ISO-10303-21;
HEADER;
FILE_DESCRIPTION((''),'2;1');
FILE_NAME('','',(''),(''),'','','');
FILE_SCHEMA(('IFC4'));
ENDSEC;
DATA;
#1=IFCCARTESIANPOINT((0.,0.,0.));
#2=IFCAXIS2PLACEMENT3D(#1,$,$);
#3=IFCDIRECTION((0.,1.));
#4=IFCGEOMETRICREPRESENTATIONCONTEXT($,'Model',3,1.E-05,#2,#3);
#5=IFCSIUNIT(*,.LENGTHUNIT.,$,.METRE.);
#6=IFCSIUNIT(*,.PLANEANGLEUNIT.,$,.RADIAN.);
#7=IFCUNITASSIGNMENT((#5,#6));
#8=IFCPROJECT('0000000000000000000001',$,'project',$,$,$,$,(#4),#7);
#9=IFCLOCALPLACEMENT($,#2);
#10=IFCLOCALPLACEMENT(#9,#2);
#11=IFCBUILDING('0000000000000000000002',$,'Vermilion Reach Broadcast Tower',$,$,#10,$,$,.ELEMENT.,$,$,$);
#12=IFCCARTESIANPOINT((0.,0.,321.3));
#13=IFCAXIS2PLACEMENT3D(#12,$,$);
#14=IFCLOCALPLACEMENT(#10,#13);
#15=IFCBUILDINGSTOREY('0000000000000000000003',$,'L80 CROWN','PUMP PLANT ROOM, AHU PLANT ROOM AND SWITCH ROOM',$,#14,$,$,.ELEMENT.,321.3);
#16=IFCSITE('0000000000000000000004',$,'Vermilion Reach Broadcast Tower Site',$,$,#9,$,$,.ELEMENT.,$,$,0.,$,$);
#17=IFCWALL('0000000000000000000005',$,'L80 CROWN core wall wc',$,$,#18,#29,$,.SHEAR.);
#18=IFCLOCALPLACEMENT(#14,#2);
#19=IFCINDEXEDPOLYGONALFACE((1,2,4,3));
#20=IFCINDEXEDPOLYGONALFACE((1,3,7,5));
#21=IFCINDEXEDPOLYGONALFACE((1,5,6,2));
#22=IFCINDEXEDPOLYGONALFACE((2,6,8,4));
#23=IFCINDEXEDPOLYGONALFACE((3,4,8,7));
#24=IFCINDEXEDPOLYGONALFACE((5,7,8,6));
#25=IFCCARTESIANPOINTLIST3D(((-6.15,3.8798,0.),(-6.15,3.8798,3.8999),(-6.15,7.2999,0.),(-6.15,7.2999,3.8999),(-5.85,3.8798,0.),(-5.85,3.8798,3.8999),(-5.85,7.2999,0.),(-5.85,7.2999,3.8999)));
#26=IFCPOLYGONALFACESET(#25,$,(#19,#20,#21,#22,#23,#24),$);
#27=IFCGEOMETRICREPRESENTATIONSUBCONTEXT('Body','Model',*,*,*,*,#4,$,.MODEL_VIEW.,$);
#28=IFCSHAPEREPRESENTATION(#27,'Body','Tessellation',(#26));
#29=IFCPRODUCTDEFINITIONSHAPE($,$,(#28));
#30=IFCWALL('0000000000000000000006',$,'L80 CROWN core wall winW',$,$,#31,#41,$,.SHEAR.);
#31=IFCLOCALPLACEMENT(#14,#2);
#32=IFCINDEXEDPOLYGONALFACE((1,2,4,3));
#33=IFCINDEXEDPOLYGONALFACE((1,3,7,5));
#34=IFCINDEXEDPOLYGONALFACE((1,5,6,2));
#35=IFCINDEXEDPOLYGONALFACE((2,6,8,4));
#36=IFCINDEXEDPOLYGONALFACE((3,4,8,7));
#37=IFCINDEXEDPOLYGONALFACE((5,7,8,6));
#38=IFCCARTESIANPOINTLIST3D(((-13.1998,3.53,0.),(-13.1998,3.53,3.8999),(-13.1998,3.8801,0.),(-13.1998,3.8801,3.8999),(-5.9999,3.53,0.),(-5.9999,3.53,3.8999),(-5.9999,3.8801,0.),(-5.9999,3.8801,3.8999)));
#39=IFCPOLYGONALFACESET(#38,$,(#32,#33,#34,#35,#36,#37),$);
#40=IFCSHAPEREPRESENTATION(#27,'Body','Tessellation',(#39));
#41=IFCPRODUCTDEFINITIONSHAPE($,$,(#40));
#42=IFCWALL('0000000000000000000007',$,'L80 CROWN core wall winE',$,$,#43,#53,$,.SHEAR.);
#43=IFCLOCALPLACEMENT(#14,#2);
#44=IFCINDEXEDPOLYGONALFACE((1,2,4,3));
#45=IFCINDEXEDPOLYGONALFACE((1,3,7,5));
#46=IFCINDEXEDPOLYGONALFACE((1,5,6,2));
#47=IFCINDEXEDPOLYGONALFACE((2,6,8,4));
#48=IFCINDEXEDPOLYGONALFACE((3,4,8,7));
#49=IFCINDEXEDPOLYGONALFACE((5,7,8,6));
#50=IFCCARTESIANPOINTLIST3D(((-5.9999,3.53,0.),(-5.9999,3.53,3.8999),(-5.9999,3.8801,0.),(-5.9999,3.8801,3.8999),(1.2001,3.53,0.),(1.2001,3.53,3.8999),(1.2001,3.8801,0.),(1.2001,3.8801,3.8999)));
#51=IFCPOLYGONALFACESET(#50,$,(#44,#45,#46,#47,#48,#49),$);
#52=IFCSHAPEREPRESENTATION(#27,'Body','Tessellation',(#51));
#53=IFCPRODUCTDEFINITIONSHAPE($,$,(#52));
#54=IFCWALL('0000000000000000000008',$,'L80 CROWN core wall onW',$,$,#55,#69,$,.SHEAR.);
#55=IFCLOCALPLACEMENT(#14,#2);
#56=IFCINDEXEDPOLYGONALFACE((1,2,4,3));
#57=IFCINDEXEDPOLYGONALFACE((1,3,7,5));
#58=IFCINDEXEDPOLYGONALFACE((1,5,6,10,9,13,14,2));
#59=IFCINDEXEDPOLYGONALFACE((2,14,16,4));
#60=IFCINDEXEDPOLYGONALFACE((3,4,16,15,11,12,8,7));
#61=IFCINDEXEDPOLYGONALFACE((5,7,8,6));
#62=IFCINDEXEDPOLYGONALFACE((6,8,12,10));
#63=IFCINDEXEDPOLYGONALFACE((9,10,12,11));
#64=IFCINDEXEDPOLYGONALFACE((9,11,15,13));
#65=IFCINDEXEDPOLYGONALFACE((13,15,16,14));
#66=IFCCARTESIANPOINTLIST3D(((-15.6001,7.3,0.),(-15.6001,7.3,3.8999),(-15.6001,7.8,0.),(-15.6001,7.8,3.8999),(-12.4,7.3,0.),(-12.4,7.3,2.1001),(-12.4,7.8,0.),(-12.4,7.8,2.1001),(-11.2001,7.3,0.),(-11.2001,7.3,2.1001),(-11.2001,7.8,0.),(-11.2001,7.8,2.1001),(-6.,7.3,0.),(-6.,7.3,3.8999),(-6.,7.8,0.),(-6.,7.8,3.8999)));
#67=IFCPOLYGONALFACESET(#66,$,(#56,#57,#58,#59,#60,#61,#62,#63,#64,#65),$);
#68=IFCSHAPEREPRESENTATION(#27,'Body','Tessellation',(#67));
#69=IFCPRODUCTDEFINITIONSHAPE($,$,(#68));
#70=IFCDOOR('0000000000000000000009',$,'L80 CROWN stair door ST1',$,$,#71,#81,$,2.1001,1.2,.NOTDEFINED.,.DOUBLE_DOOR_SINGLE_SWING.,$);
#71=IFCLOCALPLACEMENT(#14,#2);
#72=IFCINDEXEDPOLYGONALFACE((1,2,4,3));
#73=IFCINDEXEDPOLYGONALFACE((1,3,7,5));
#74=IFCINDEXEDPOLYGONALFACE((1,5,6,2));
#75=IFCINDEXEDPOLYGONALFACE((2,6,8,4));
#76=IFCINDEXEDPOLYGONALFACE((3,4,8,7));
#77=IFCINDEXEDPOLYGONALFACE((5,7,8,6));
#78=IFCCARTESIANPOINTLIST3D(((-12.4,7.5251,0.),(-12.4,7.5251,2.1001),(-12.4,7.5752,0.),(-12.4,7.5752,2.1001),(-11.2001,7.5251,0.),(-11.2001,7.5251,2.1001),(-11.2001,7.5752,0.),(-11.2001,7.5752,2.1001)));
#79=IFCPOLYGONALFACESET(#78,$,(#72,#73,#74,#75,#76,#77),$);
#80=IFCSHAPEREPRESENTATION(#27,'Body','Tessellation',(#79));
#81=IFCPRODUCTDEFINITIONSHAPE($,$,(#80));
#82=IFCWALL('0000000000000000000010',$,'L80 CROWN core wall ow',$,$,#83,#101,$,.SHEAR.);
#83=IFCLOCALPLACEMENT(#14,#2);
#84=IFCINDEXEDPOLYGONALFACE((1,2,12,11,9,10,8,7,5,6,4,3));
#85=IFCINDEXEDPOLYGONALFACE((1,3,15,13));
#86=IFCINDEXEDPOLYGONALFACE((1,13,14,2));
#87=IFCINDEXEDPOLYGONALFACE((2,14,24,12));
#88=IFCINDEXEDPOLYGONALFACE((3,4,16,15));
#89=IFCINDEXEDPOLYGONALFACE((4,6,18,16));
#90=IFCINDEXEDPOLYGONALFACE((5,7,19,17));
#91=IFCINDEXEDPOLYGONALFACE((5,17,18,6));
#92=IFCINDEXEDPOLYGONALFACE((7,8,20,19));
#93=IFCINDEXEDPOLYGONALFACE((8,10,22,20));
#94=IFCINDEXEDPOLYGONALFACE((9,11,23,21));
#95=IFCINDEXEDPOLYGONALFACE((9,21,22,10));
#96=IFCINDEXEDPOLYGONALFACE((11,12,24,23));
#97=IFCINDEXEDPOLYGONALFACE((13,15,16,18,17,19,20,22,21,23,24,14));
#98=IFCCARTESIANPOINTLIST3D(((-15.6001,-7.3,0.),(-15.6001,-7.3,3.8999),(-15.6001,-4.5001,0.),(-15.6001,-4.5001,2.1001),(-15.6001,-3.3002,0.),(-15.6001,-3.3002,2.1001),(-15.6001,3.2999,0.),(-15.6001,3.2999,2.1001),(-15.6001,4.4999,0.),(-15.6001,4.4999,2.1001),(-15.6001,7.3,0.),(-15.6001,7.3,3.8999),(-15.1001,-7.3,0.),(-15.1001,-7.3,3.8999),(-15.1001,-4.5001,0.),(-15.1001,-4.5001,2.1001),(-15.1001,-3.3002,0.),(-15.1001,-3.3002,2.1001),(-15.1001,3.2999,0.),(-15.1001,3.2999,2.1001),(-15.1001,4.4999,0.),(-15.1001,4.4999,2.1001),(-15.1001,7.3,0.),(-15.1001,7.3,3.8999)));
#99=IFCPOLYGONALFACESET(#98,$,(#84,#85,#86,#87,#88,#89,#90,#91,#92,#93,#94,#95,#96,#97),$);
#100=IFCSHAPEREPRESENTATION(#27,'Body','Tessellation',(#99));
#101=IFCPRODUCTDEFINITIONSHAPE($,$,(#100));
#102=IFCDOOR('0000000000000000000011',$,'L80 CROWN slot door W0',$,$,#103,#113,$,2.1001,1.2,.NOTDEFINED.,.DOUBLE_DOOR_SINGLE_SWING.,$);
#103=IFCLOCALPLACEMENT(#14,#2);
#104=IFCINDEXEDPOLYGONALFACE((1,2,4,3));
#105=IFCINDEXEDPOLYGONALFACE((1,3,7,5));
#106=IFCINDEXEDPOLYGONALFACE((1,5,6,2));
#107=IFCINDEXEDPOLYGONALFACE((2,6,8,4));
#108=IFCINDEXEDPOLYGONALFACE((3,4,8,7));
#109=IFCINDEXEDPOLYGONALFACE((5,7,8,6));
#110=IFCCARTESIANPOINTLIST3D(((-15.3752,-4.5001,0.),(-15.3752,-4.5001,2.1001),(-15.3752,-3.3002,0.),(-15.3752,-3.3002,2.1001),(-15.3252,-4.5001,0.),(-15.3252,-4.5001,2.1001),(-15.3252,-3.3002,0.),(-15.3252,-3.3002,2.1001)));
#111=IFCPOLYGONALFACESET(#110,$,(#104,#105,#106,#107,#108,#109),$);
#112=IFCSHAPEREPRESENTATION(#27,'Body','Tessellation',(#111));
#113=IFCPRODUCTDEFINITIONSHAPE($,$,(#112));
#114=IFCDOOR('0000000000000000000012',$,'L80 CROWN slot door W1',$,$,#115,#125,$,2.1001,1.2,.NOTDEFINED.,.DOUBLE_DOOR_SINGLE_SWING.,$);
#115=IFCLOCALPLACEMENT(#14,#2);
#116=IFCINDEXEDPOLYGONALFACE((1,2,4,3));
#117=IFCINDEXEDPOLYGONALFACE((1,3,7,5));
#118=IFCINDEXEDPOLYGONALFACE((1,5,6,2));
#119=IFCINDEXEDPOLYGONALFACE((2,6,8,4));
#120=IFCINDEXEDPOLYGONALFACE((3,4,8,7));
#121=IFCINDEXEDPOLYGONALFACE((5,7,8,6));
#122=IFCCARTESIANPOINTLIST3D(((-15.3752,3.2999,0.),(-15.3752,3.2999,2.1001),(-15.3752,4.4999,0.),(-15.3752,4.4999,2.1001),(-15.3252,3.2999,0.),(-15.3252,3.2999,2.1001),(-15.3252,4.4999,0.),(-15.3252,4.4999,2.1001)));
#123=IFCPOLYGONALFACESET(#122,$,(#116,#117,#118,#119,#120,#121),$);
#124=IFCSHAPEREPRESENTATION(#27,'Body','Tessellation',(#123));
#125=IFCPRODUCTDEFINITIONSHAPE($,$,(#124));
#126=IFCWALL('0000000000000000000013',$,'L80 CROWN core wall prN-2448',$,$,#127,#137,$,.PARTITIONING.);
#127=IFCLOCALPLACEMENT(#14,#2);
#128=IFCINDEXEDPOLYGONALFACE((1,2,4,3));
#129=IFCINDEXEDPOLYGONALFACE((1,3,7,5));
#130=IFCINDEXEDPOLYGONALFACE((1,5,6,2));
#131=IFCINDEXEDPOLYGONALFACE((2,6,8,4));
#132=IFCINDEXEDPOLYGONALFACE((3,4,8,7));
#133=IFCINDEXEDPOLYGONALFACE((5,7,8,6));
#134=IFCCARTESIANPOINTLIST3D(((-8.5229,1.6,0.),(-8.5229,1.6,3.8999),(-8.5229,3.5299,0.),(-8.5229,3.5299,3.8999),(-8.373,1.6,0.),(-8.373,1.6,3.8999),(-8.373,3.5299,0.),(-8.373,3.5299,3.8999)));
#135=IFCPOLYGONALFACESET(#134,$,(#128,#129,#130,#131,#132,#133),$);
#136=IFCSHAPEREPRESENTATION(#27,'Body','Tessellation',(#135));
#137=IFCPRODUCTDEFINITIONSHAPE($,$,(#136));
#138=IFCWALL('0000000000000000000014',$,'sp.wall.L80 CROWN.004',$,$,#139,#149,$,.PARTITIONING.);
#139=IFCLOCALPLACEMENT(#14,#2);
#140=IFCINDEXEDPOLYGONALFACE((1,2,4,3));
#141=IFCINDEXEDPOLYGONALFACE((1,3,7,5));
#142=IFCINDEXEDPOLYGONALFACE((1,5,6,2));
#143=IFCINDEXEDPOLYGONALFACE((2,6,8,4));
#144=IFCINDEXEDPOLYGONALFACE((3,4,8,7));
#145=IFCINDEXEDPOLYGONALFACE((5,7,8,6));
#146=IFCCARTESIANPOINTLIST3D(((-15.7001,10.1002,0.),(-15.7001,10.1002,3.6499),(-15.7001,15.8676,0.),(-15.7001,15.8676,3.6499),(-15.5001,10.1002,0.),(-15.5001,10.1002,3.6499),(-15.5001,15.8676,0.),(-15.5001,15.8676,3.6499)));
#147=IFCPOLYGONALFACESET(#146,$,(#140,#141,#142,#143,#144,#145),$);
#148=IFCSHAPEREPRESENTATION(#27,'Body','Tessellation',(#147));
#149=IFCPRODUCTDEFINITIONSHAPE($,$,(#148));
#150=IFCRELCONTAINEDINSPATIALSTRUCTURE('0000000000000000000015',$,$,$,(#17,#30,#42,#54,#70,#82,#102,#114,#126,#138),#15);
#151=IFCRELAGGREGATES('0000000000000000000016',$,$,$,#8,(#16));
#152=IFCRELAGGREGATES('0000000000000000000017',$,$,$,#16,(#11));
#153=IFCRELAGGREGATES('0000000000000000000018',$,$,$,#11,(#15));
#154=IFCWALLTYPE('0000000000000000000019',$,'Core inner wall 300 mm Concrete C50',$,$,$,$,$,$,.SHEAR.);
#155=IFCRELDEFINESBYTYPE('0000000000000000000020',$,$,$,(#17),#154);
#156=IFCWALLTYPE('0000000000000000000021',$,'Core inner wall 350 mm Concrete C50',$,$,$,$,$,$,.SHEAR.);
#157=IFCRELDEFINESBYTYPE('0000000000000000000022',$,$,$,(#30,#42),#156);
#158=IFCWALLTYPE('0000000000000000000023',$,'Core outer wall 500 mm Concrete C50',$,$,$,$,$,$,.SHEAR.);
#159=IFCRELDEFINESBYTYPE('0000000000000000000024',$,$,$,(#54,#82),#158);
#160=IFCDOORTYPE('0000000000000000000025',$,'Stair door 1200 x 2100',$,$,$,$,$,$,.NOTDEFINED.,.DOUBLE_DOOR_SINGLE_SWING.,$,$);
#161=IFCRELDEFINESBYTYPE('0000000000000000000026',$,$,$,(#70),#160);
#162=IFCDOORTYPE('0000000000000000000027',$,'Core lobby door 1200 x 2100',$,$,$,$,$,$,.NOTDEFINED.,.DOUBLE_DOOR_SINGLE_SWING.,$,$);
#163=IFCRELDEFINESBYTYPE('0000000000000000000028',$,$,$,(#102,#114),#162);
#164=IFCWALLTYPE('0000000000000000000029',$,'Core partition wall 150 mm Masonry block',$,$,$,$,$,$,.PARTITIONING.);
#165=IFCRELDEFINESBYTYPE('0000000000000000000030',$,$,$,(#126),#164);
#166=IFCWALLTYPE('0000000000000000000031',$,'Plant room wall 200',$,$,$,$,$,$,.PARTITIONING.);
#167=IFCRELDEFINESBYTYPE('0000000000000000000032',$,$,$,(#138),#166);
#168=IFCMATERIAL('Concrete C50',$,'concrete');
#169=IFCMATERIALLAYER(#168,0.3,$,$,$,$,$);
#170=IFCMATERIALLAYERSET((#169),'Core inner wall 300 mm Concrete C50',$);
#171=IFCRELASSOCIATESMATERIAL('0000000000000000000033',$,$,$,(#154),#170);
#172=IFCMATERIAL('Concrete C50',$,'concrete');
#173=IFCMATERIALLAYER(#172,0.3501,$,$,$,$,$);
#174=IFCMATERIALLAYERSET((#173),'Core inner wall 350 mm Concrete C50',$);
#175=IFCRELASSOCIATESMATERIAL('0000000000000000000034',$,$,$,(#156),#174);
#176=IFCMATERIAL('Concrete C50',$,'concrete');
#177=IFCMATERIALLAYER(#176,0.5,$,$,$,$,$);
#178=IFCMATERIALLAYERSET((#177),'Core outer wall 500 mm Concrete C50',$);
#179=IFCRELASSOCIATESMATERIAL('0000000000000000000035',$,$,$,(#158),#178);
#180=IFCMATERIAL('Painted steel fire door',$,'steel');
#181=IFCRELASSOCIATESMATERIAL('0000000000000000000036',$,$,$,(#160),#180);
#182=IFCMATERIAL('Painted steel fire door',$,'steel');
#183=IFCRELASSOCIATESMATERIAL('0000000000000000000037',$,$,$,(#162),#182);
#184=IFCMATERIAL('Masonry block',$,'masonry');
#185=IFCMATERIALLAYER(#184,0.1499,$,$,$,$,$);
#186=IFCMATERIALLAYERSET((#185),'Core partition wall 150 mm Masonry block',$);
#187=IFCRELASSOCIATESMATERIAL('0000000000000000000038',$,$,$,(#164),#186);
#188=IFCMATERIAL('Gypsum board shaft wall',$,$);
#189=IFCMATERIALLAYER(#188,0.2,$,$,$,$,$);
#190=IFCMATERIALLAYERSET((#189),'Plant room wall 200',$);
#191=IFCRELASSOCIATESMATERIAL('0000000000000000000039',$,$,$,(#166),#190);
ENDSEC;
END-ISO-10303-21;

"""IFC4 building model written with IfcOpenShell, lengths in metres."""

from ifc_helpers import new_model, si_unit, direction, frame, frame_2d, origin, place, context, subcontext, project, spatial, rectangle, extrude, material, layer, layer_set, type_object, element, fill, save


model = new_model("IFC4")

# Units and contexts
model_context = context("Model", 3, precision=1e-05, world=origin(), true_north=direction((0.0, 1.0)))
body_context = subcontext(model_context, "Body", "Model", "MODEL_VIEW")
ifc_project = project(units=[si_unit("LENGTHUNIT", "METRE"), si_unit("PLANEANGLEUNIT", "RADIAN")], contexts=[model_context])

# Site, building, storey
site_placement = place(None, origin())
site = spatial("IfcSite", under=ifc_project, at=site_placement, Name="Vermilion Reach Broadcast Tower Site", CompositionType="ELEMENT", RefElevation=0.0)
building_placement = place(site_placement, origin())
building = spatial("IfcBuilding", under=site, at=building_placement, Name="Vermilion Reach Broadcast Tower", CompositionType="ELEMENT")
storey_placement = place(building_placement, frame((0.0, 0.0, 321.3)))
storey = spatial("IfcBuildingStorey", under=building, at=storey_placement, Name="L80 CROWN", Description="PUMP PLANT ROOM, AHU PLANT ROOM AND SWITCH ROOM", CompositionType="ELEMENT", Elevation=321.3)

# Shared definitions
ifc_material_1 = material(Name="Concrete C50", Category="concrete")
ifc_layer_1 = layer(ifc_material_1, 0.3)
ifc_layer_set_1 = layer_set([ifc_layer_1], Name="Core inner wall 300 mm Concrete C50")
wall_type_1 = type_object("IfcWallType", Name="Core inner wall 300 mm Concrete C50", PredefinedType="SHEAR", material=ifc_layer_set_1)

# Walls
wall_1_placement = place(storey_placement, frame((-6.0, 3.8799, 0.0), z_axis=(0.0, 0.0, 1.0), x_axis=(0.0, 1.0, 0.0)))
element("IfcWall", 1, at=wall_1_placement, inside=storey, type_object=wall_type_1, Name="L80 CROWN core wall wc", PredefinedType="SHEAR", context=body_context, shape_type="SweptSolid", body=[
    extrude(rectangle(XDim=3.4202, YDim=0.3, at=frame_2d((1.71, 0.0))), origin(), (0.0, 0.0, 1.0), 3.8999),
])
ifc_material_2 = material(Name="Concrete C50", Category="concrete")
ifc_layer_2 = layer(ifc_material_2, 0.3501)
ifc_layer_set_2 = layer_set([ifc_layer_2], Name="Core inner wall 350 mm Concrete C50")
wall_type_2 = type_object("IfcWallType", Name="Core inner wall 350 mm Concrete C50", PredefinedType="SHEAR", material=ifc_layer_set_2)
for number, where, z_axis, x_axis, name in (
    (2, (-13.2, 3.7051, 0.0), (0.0, 0.0, 1.0), (1.0, 0.0, 0.0), "L80 CROWN core wall winW"),
    (3, (-6.0, 3.7051, 0.0), (0.0, 0.0, 1.0), (1.0, 0.0, 0.0), "L80 CROWN core wall winE"),
):
    element("IfcWall", number, at=place(storey_placement, frame(where, z_axis=z_axis, x_axis=x_axis)), inside=storey, type_object=wall_type_2, Name=name, PredefinedType="SHEAR", context=body_context, shape_type="SweptSolid", body=[
        extrude(rectangle(XDim=7.2, YDim=0.3501, at=frame_2d((3.6001, 0.0))), origin(), (0.0, 0.0, 1.0), 3.8999),
    ])

# Wall, opening, door
ifc_material_3 = material(Name="Concrete C50", Category="concrete")
ifc_layer_3 = layer(ifc_material_3, 0.5)
ifc_layer_set_3 = layer_set([ifc_layer_3], Name="Core outer wall 500 mm Concrete C50")
wall_type_3 = type_object("IfcWallType", Name="Core outer wall 500 mm Concrete C50", PredefinedType="SHEAR", material=ifc_layer_set_3)
wall_2_placement = place(storey_placement, frame((-6.0, 7.55, 0.0), z_axis=(0.0, 0.0, 1.0), x_axis=(-1.0, 0.0, 0.0)))
wall_2 = element("IfcWall", 4, at=wall_2_placement, inside=storey, type_object=wall_type_3, Name="L80 CROWN core wall onW", PredefinedType="SHEAR", context=body_context, shape_type="SweptSolid", body=[
    extrude(rectangle(XDim=9.6001, YDim=0.5, at=frame_2d((4.8, 0.0))), origin(), (0.0, 0.0, 1.0), 3.8999),
])
opening_1_placement = place(wall_2_placement, frame((5.2, 0.0, 0.0)))
opening_1 = element("IfcOpeningElement", 5, at=opening_1_placement, cuts=wall_2, PredefinedType="OPENING", context=body_context, shape_type="SweptSolid", body=[
    extrude(rectangle(XDim=1.2, YDim=2.1001, at=frame_2d((0.6001, 1.05))), frame((0.0, 0.26, 0.0), z_axis=(0.0, -1.0, 0.0), x_axis=(1.0, 0.0, 0.0)), (0.0, 0.0, 1.0), 0.52),
])
ifc_material_4 = material(Name="Painted steel fire door", Category="steel")
door_type_1 = type_object("IfcDoorType", Name="Stair door 1200 x 2100", OperationType="DOUBLE_DOOR_SINGLE_SWING", PredefinedType="NOTDEFINED", material=ifc_material_4)
door_1_placement = place(opening_1_placement, origin())
door_1 = element("IfcDoor", 6, at=door_1_placement, inside=storey, type_object=door_type_1, Name="L80 CROWN stair door ST1", OperationType="DOUBLE_DOOR_SINGLE_SWING", OverallHeight=2.1001, OverallWidth=1.2, PredefinedType="NOTDEFINED", context=body_context, shape_type="SweptSolid", body=[
    extrude(rectangle(XDim=1.2, YDim=2.1001, at=frame_2d((0.6001, 1.05))), frame((0.0, 0.0249, 0.0), z_axis=(0.0, -1.0, 0.0), x_axis=(1.0, 0.0, 0.0)), (0.0, 0.0, 1.0), 0.05),
])
fill(opening_1, door_1)

# Wall, openings, doors
wall_3_placement = place(storey_placement, frame((-15.3501, 7.3, 0.0), z_axis=(0.0, 0.0, 1.0), x_axis=(0.0, -1.0, 0.0)))
wall_3 = element("IfcWall", 7, at=wall_3_placement, inside=storey, type_object=wall_type_3, Name="L80 CROWN core wall ow", PredefinedType="SHEAR", context=body_context, shape_type="SweptSolid", body=[
    extrude(rectangle(XDim=14.6001, YDim=0.5, at=frame_2d((7.3, 0.0))), origin(), (0.0, 0.0, 1.0), 3.8999),
])
opening_2_placement = place(wall_3_placement, frame((10.6001, 0.0, 0.0)))
opening_2 = element("IfcOpeningElement", 8, at=opening_2_placement, cuts=wall_3, PredefinedType="OPENING", context=body_context, shape_type="SweptSolid", body=[
    extrude(rectangle(XDim=1.2, YDim=2.1001, at=frame_2d((0.6001, 1.05))), frame((0.0, 0.26, 0.0), z_axis=(0.0, -1.0, 0.0), x_axis=(1.0, 0.0, 0.0)), (0.0, 0.0, 1.0), 0.52),
])
opening_3_placement = place(wall_3_placement, frame((2.8, 0.0, 0.0)))
opening_3 = element("IfcOpeningElement", 9, at=opening_3_placement, cuts=wall_3, PredefinedType="OPENING", context=body_context, shape_type="SweptSolid", body=[
    extrude(rectangle(XDim=1.2, YDim=2.1001, at=frame_2d((0.6001, 1.05))), frame((0.0, 0.26, 0.0), z_axis=(0.0, -1.0, 0.0), x_axis=(1.0, 0.0, 0.0)), (0.0, 0.0, 1.0), 0.52),
])
ifc_material_5 = material(Name="Painted steel fire door", Category="steel")
door_type_2 = type_object("IfcDoorType", Name="Core lobby door 1200 x 2100", OperationType="DOUBLE_DOOR_SINGLE_SWING", PredefinedType="NOTDEFINED", material=ifc_material_5)
door_2_placement = place(opening_2_placement, origin())
door_2 = element("IfcDoor", 10, at=door_2_placement, inside=storey, type_object=door_type_2, Name="L80 CROWN slot door W0", OperationType="DOUBLE_DOOR_SINGLE_SWING", OverallHeight=2.1001, OverallWidth=1.2, PredefinedType="NOTDEFINED", context=body_context, shape_type="SweptSolid", body=[
    extrude(rectangle(XDim=1.2, YDim=2.1001, at=frame_2d((0.6001, 1.05))), frame((0.0, 0.0249, 0.0), z_axis=(0.0, -1.0, 0.0), x_axis=(1.0, 0.0, 0.0)), (0.0, 0.0, 1.0), 0.05),
])
fill(opening_2, door_2)
door_3_placement = place(opening_3_placement, origin())
door_3 = element("IfcDoor", 11, at=door_3_placement, inside=storey, type_object=door_type_2, Name="L80 CROWN slot door W1", OperationType="DOUBLE_DOOR_SINGLE_SWING", OverallHeight=2.1001, OverallWidth=1.2, PredefinedType="NOTDEFINED", context=body_context, shape_type="SweptSolid", body=[
    extrude(rectangle(XDim=1.2, YDim=2.1001, at=frame_2d((0.6001, 1.05))), frame((0.0, 0.0249, 0.0), z_axis=(0.0, -1.0, 0.0), x_axis=(1.0, 0.0, 0.0)), (0.0, 0.0, 1.0), 0.05),
])
fill(opening_3, door_3)

# Wall
ifc_material_6 = material(Name="Masonry block", Category="masonry")
ifc_layer_4 = layer(ifc_material_6, 0.1499)
ifc_layer_set_4 = layer_set([ifc_layer_4], Name="Core partition wall 150 mm Masonry block")
wall_type_4 = type_object("IfcWallType", Name="Core partition wall 150 mm Masonry block", PredefinedType="PARTITIONING", material=ifc_layer_set_4)
wall_4_placement = place(storey_placement, frame((-8.448, 1.6001, 0.0), z_axis=(0.0, 0.0, 1.0), x_axis=(0.0, 1.0, 0.0)))
element("IfcWall", 12, at=wall_4_placement, inside=storey, type_object=wall_type_4, Name="L80 CROWN core wall prN-2448", PredefinedType="PARTITIONING", context=body_context, shape_type="SweptSolid", body=[
    extrude(rectangle(XDim=1.9299, YDim=0.1499, at=frame_2d((0.9648, 0.0))), origin(), (0.0, 0.0, 1.0), 3.8999),
])

# Wall
ifc_material_7 = material(Name="Gypsum board shaft wall")
ifc_layer_5 = layer(ifc_material_7, 0.2)
ifc_layer_set_5 = layer_set([ifc_layer_5], Name="Plant room wall 200")
wall_type_5 = type_object("IfcWallType", Name="Plant room wall 200", PredefinedType="PARTITIONING", material=ifc_layer_set_5)
wall_5_placement = place(storey_placement, frame((-15.6001, 10.1001, 0.0), z_axis=(0.0, 0.0, 1.0), x_axis=(0.0, 1.0, 0.0)))
element("IfcWall", 13, at=wall_5_placement, inside=storey, type_object=wall_type_5, Name="sp.wall.L80 CROWN.004", PredefinedType="PARTITIONING", context=body_context, shape_type="SweptSolid", body=[
    extrude(rectangle(XDim=5.7673, YDim=0.2, at=frame_2d((2.8838, 0.0))), origin(), (0.0, 0.0, 1.0), 3.6499),
])

save(model, "model.ifc")
